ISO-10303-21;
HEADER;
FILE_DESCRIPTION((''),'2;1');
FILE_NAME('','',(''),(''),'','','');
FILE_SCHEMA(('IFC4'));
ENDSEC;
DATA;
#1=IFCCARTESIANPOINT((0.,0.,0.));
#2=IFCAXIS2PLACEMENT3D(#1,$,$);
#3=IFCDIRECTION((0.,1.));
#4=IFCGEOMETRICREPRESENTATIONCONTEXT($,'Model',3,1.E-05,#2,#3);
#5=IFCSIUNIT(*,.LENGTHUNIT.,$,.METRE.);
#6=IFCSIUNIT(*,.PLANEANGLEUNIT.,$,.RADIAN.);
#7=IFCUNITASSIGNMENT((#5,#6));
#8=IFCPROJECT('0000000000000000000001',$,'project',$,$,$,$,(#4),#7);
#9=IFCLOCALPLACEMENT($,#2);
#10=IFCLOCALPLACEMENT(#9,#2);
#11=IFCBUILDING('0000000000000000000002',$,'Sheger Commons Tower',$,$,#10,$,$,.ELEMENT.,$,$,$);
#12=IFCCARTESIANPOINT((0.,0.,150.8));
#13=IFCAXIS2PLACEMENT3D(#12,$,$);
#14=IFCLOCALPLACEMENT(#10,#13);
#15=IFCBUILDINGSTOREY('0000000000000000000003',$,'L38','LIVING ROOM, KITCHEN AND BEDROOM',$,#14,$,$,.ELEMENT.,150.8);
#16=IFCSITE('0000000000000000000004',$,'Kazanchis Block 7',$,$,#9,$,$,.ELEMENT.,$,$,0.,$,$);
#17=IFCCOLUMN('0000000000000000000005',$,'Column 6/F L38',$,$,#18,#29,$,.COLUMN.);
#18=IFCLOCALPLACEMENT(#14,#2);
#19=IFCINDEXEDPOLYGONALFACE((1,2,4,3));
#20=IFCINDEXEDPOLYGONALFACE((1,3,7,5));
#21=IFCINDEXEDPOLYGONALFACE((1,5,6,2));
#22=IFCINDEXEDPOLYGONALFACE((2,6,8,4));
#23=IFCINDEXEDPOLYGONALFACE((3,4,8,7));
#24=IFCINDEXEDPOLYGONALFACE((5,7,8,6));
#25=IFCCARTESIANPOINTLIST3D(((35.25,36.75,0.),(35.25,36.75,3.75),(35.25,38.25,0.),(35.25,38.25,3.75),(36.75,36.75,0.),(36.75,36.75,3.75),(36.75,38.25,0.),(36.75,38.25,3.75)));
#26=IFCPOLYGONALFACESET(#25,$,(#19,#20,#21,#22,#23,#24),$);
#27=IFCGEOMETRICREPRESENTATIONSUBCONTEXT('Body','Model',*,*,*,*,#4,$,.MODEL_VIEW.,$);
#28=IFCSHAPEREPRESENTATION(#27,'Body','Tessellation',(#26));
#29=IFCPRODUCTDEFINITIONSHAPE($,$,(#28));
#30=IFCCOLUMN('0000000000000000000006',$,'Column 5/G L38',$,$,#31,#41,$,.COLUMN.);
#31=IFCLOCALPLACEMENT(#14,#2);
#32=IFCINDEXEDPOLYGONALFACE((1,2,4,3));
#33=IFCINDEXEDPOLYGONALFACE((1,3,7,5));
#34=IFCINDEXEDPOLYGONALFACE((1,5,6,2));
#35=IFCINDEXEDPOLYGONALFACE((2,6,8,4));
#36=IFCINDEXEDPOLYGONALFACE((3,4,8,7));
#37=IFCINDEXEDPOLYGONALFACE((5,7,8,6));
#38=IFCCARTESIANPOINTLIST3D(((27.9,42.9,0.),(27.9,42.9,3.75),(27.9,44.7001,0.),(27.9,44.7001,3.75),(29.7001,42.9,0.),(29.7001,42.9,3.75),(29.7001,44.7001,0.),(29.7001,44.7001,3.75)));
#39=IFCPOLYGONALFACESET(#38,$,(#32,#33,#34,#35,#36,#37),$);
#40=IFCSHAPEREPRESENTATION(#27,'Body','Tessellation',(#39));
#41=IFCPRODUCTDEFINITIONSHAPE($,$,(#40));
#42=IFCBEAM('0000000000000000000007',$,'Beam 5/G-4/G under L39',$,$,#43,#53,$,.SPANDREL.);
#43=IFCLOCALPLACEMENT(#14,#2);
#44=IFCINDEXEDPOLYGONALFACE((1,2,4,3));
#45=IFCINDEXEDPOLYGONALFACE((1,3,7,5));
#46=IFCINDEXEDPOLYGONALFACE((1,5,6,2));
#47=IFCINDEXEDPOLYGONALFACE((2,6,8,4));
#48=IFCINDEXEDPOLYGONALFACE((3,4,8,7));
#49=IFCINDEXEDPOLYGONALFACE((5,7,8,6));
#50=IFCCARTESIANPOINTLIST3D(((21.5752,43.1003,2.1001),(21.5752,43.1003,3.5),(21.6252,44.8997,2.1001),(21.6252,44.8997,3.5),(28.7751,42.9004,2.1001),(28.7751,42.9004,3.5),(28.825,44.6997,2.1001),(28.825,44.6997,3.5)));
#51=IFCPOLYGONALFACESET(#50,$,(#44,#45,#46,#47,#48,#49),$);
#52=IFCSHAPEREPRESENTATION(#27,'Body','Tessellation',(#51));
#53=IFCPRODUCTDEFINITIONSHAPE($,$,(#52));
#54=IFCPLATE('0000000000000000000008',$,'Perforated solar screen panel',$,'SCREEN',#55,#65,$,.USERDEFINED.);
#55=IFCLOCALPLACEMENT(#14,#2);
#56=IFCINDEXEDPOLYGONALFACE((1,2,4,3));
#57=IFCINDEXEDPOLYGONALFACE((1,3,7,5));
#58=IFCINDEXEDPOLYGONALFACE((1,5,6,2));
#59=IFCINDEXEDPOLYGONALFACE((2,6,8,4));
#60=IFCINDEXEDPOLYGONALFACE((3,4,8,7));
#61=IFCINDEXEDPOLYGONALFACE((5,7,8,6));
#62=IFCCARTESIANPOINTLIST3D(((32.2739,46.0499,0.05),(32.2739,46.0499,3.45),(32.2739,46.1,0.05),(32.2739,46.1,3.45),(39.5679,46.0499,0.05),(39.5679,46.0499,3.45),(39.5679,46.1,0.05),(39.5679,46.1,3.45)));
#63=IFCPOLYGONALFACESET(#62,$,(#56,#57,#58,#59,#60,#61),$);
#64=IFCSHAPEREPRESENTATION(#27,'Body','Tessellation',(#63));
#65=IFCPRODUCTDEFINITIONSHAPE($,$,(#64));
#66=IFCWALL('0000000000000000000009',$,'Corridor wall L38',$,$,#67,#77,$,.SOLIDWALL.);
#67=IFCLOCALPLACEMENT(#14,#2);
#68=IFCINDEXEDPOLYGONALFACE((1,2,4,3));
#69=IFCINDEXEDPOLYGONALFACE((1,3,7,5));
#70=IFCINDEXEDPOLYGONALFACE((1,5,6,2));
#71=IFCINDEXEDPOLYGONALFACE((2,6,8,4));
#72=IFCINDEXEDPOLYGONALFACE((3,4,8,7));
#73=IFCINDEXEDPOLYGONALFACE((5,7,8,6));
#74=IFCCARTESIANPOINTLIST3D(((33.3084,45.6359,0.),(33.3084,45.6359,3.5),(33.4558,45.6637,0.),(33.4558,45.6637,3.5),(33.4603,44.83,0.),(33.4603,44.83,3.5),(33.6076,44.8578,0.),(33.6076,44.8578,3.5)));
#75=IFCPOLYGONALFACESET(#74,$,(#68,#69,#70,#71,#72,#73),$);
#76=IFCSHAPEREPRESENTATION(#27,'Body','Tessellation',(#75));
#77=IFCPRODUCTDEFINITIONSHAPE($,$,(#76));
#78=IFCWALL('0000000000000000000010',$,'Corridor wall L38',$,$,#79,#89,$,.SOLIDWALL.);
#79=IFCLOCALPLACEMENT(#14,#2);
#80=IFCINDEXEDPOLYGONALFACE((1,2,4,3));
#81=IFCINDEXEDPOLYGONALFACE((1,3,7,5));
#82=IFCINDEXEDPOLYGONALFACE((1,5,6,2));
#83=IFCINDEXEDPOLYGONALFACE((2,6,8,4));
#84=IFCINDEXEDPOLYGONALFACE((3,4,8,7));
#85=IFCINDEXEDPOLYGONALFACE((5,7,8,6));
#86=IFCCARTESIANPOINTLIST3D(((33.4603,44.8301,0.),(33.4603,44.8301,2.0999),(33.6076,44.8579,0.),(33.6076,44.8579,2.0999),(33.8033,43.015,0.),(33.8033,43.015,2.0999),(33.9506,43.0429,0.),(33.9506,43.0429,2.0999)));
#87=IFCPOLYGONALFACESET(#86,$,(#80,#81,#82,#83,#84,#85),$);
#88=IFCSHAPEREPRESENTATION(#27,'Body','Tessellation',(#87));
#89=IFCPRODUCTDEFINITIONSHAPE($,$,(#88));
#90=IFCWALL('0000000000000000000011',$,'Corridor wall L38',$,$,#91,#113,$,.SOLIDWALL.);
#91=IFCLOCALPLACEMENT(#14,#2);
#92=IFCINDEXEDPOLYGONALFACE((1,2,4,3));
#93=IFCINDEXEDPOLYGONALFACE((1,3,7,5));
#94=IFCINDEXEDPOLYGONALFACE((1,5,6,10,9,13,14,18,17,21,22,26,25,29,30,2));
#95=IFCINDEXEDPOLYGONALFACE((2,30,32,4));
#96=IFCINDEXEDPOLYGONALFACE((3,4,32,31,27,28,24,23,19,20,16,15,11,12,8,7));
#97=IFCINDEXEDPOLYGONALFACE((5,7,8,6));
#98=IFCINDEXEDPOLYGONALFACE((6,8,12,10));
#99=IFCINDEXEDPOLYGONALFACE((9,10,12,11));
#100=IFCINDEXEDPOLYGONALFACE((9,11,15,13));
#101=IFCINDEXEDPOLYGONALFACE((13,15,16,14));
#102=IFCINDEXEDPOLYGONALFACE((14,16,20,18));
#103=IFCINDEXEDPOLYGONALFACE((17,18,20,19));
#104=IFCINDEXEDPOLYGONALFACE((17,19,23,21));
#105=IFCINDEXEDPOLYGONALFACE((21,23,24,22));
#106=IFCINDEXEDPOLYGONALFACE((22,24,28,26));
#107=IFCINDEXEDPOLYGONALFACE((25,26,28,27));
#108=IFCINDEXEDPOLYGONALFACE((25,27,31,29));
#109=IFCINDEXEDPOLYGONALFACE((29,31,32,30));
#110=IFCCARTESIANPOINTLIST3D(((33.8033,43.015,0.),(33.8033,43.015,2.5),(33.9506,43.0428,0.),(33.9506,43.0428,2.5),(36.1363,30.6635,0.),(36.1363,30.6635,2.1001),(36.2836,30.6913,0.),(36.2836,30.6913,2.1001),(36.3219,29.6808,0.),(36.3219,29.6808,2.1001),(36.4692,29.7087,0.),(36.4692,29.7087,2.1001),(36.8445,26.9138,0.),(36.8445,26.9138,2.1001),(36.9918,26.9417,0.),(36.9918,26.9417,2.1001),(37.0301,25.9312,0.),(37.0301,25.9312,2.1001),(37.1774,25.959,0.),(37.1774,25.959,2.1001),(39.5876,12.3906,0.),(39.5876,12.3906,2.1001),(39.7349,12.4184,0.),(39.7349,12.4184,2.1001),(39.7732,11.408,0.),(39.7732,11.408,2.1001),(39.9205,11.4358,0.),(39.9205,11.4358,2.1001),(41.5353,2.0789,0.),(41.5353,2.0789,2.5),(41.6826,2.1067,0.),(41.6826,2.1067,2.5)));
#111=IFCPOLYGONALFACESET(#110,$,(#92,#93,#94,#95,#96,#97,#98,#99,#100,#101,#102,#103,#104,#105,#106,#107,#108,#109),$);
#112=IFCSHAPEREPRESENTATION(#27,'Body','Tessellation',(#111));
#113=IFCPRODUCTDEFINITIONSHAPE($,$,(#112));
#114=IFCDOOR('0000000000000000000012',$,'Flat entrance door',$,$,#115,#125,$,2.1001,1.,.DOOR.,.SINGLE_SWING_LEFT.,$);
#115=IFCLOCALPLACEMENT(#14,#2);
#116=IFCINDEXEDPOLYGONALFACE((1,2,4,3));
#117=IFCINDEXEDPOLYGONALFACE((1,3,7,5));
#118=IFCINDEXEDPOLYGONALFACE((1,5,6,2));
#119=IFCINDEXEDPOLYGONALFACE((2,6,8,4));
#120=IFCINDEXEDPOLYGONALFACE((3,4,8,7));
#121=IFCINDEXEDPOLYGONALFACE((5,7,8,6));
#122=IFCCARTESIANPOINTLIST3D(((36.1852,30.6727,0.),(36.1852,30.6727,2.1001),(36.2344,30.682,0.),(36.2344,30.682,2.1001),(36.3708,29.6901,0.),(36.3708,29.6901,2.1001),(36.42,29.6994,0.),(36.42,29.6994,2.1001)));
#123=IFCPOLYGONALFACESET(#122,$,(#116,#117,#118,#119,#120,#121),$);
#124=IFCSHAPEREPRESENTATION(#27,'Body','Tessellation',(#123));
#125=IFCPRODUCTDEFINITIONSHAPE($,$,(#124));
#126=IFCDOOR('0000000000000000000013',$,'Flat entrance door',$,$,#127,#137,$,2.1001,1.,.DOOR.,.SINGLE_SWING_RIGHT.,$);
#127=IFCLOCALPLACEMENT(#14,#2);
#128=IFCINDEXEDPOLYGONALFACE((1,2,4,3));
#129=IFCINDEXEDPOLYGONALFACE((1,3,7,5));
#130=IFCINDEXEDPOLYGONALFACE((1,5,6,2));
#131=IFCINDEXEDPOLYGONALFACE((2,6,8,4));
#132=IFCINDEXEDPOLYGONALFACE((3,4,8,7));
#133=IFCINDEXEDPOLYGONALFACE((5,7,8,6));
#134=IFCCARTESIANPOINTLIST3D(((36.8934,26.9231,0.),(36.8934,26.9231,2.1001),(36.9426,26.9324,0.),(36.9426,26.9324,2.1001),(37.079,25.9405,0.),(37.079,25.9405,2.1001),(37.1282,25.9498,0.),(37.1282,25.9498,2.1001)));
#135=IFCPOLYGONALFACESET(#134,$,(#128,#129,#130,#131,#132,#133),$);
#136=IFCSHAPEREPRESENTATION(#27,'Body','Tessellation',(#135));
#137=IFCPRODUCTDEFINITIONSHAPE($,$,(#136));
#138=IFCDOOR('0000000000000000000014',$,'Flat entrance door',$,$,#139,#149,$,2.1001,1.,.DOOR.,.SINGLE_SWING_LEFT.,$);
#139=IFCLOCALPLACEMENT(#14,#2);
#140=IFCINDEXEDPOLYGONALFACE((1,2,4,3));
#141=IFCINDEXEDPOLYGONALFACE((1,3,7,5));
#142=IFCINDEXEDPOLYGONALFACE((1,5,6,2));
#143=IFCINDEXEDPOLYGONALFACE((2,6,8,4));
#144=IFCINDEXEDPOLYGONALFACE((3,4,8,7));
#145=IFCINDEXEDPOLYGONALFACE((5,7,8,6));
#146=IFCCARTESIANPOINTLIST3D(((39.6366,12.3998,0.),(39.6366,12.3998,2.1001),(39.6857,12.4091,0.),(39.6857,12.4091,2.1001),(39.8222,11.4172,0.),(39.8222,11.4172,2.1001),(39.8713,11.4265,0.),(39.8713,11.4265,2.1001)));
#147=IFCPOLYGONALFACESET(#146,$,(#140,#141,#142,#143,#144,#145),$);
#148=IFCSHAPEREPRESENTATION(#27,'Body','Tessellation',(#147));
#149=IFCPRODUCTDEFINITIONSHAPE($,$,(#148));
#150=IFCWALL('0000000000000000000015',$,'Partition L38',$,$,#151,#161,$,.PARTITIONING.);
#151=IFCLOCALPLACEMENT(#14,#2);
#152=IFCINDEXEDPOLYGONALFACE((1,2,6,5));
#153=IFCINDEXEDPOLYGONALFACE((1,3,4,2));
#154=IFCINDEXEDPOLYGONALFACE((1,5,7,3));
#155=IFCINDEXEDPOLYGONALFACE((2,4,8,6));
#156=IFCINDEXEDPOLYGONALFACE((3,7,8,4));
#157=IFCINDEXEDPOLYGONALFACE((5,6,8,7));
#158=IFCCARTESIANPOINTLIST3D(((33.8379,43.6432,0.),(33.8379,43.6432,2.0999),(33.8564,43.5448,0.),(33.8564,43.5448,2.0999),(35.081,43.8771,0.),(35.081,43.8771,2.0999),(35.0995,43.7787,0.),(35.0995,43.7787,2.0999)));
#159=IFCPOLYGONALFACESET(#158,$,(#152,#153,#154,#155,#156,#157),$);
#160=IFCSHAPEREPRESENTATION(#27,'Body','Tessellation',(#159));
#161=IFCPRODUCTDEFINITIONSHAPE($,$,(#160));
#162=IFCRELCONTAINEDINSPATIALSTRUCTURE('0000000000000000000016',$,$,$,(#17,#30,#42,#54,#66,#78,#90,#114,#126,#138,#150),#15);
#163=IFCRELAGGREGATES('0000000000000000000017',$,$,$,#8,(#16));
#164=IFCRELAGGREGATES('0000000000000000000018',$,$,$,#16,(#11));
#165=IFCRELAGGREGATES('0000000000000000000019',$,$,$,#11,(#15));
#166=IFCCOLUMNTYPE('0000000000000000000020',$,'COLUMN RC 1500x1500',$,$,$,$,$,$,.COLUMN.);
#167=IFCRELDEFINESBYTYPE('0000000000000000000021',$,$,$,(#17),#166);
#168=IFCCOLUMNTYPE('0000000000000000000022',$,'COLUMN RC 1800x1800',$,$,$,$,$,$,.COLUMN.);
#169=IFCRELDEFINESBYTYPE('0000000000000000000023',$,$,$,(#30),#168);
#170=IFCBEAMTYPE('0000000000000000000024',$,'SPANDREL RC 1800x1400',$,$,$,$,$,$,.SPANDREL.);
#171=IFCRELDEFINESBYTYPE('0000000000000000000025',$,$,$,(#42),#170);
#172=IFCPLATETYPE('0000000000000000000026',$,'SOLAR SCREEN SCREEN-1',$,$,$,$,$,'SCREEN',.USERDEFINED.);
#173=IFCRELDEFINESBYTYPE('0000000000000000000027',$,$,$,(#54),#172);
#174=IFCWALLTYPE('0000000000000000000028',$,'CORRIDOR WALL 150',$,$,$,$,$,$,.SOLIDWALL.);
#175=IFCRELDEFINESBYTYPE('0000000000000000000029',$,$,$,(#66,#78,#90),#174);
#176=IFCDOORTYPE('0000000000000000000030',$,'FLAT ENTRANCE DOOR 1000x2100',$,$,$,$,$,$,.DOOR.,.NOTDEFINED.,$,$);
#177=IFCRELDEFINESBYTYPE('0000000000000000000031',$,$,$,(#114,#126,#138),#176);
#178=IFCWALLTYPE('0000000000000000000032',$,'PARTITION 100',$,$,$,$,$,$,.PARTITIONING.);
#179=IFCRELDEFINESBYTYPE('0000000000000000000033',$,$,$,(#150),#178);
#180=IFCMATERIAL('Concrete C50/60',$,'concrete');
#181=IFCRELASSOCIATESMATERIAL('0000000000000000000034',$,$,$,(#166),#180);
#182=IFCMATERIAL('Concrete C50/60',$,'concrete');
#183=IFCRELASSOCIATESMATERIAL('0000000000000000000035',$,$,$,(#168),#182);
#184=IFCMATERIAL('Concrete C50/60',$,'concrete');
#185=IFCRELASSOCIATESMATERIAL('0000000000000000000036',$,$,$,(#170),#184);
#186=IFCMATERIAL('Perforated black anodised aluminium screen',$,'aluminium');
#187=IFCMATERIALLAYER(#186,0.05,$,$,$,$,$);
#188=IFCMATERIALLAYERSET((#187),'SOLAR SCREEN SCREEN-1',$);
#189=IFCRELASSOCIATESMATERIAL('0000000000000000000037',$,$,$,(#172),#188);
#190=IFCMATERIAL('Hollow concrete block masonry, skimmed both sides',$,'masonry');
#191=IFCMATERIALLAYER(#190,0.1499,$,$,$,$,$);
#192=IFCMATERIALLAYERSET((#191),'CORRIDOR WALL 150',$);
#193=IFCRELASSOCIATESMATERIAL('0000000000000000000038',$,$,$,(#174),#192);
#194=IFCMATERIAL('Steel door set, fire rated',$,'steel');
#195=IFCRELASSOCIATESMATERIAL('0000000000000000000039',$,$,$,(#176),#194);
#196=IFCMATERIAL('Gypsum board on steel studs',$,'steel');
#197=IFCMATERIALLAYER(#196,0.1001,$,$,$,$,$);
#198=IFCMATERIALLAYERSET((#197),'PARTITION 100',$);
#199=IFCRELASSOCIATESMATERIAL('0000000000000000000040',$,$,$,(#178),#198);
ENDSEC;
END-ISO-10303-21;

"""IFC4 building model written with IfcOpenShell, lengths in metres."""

from ifc_helpers import new_model, si_unit, direction, frame, frame_2d, origin, origin_2d, place, context, subcontext, project, spatial, rectangle, extrude, material, layer, layer_set, material_profile, profile_set, type_object, element, fill, save


model = new_model("IFC4")

# Units and contexts
model_context = context("Model", 3, precision=1e-05, world=origin(), true_north=direction((0.0, 1.0)))
body_context = subcontext(model_context, "Body", "Model", "MODEL_VIEW")
ifc_project = project(units=[si_unit("LENGTHUNIT", "METRE"), si_unit("PLANEANGLEUNIT", "RADIAN")], contexts=[model_context])

# Site, building, storey
site_placement = place(None, origin())
site = spatial("IfcSite", under=ifc_project, at=site_placement, Name="Kazanchis Block 7", CompositionType="ELEMENT", RefElevation=0.0)
building_placement = place(site_placement, origin())
building = spatial("IfcBuilding", under=site, at=building_placement, Name="Sheger Commons Tower", CompositionType="ELEMENT")
storey_placement = place(building_placement, frame((0.0, 0.0, 150.8)))
storey = spatial("IfcBuildingStorey", under=building, at=storey_placement, Name="L38", Description="LIVING ROOM, KITCHEN AND BEDROOM", CompositionType="ELEMENT", Elevation=150.8)

# Columns
ifc_material_1 = material(Name="Concrete C50/60", Category="concrete")
ifc_material_profile_1 = material_profile(ifc_material_1, rectangle(XDim=1.5, YDim=1.5, at=origin_2d()), Name="RC 1500x1500")
ifc_profile_set_1 = profile_set([ifc_material_profile_1], Name="Concrete C50/60")
column_type_1 = type_object("IfcColumnType", Name="COLUMN RC 1500x1500", PredefinedType="COLUMN", material=ifc_profile_set_1)
column_1_placement = place(storey_placement, frame((36.0, 37.5, 0.0), z_axis=(0.0, 0.0, 1.0), x_axis=(1.0, 0.0, 0.0)))
element("IfcColumn", 1, at=column_1_placement, inside=storey, type_object=column_type_1, Name="Column 6/F L38", PredefinedType="COLUMN", context=body_context, shape_type="SweptSolid", body=[
    extrude(rectangle(XDim=1.5, YDim=1.5, at=origin_2d()), origin(), (0.0, 0.0, 1.0), 3.75),
])
ifc_material_2 = material(Name="Concrete C50/60", Category="concrete")
ifc_material_profile_2 = material_profile(ifc_material_2, rectangle(XDim=1.8, YDim=1.8, at=origin_2d()), Name="RC 1800x1800")
ifc_profile_set_2 = profile_set([ifc_material_profile_2], Name="Concrete C50/60")
column_type_2 = type_object("IfcColumnType", Name="COLUMN RC 1800x1800", PredefinedType="COLUMN", material=ifc_profile_set_2)
column_2_placement = place(storey_placement, frame((28.8, 43.8, 0.0), z_axis=(0.0, 0.0, 1.0), x_axis=(1.0, 0.0, 0.0)))
element("IfcColumn", 2, at=column_2_placement, inside=storey, type_object=column_type_2, Name="Column 5/G L38", PredefinedType="COLUMN", context=body_context, shape_type="SweptSolid", body=[
    extrude(rectangle(XDim=1.8, YDim=1.8, at=origin_2d()), origin(), (0.0, 0.0, 1.0), 3.75),
])

# Beam
ifc_material_3 = material(Name="Concrete C50/60", Category="concrete")
ifc_material_profile_3 = material_profile(ifc_material_3, rectangle(XDim=1.8, YDim=1.3999, at=origin_2d()), Name="RC 1800x1400")
ifc_profile_set_3 = profile_set([ifc_material_profile_3], Name="Concrete C50/60")
beam_type = type_object("IfcBeamType", Name="SPANDREL RC 1800x1400", PredefinedType="SPANDREL", material=ifc_profile_set_3)
beam_placement = place(storey_placement, frame((28.8, 43.8, 2.8), z_axis=(-0.999615, 0.02776, 0.0), x_axis=(-0.02776, -0.999615, 0.0)))
element("IfcBeam", 3, at=beam_placement, inside=storey, type_object=beam_type, Name="Beam 5/G-4/G under L39", PredefinedType="SPANDREL", context=body_context, shape_type="SweptSolid", body=[
    extrude(rectangle(XDim=1.8, YDim=1.3999, at=origin_2d()), origin(), (0.0, 0.0, 1.0), 7.2026),
])

# Plate
ifc_material_4 = material(Name="Perforated black anodised aluminium screen", Category="aluminium")
ifc_layer_1 = layer(ifc_material_4, 0.05)
ifc_layer_set_1 = layer_set([ifc_layer_1], Name="SOLAR SCREEN SCREEN-1")
plate_type = type_object("IfcPlateType", Name="SOLAR SCREEN SCREEN-1", ElementType="SCREEN", PredefinedType="USERDEFINED", material=ifc_layer_set_1)
plate_placement = place(storey_placement, frame((35.9209, 46.075, 0.05), z_axis=(0.0, 0.0, 1.0), x_axis=(-1.0, 0.0, 0.0)))
element("IfcPlate", 4, at=plate_placement, inside=storey, type_object=plate_type, Name="Perforated solar screen panel", ObjectType="SCREEN", PredefinedType="USERDEFINED", context=body_context, shape_type="SweptSolid", body=[
    extrude(rectangle(XDim=7.2939, YDim=0.05, at=origin_2d()), origin(), (0.0, 0.0, 1.0), 3.3999),
])

# Walls
ifc_material_5 = material(Name="Hollow concrete block masonry, skimmed both sides", Category="masonry")
ifc_layer_2 = layer(ifc_material_5, 0.1499)
ifc_layer_set_2 = layer_set([ifc_layer_2], Name="CORRIDOR WALL 150")
wall_type_1 = type_object("IfcWallType", Name="CORRIDOR WALL 150", PredefinedType="SOLIDWALL", material=ifc_layer_set_2)
wall_1_placement = place(storey_placement, frame((33.3821, 45.6499, 0.0), z_axis=(0.0, 0.0, 1.0), x_axis=(0.185169, -0.982707, 0.0)))
element("IfcWall", 5, at=wall_1_placement, inside=storey, type_object=wall_type_1, Name="Corridor wall L38", PredefinedType="SOLIDWALL", context=body_context, shape_type="SweptSolid", body=[
    extrude(rectangle(XDim=0.8201, YDim=0.1499, at=frame_2d((0.4102, 0.0))), origin(), (0.0, 0.0, 1.0), 3.5),
])
wall_2_placement = place(storey_placement, frame((33.5339, 44.844, 0.0), z_axis=(0.0, 0.0, 1.0), x_axis=(0.185709, -0.982605, 0.0)))
element("IfcWall", 6, at=wall_2_placement, inside=storey, type_object=wall_type_1, Name="Corridor wall L38", PredefinedType="SOLIDWALL", context=body_context, shape_type="SweptSolid", body=[
    extrude(rectangle(XDim=1.8472, YDim=0.1499, at=frame_2d((0.9236, 0.0))), origin(), (0.0, 0.0, 1.0), 2.0999),
])

# Wall, openings, doors
wall_3_placement = place(storey_placement, frame((33.877, 43.0291, 0.0), z_axis=(0.0, 0.0, 1.0), x_axis=(0.185597, -0.982626, 0.0)))
wall_3 = element("IfcWall", 7, at=wall_3_placement, inside=storey, type_object=wall_type_1, Name="Corridor wall L38", PredefinedType="SOLIDWALL", context=body_context, shape_type="SweptSolid", body=[
    extrude(rectangle(XDim=41.6599, YDim=0.1499, at=frame_2d((20.8301, 0.0))), origin(), (0.0, 0.0, 1.0), 2.5),
])
opening_1_placement = place(wall_3_placement, frame((12.5701, 0.0, 0.0)))
opening_1 = element("IfcOpeningElement", 8, at=opening_1_placement, cuts=wall_3, PredefinedType="OPENING", context=body_context, shape_type="SweptSolid", body=[
    extrude(rectangle(XDim=1.0, YDim=2.1001, at=frame_2d((0.5, 1.05))), frame((0.0, 0.085, 0.0), z_axis=(0.0, -1.0, 0.0), x_axis=(1.0, 0.0, 0.0)), (0.0, 0.0, 1.0), 0.1699),
])
opening_2_placement = place(wall_3_placement, frame((16.386, 0.0, 0.0)))
opening_2 = element("IfcOpeningElement", 9, at=opening_2_placement, cuts=wall_3, PredefinedType="OPENING", context=body_context, shape_type="SweptSolid", body=[
    extrude(rectangle(XDim=1.0, YDim=2.1001, at=frame_2d((0.5, 1.05))), frame((0.0, 0.085, 0.0), z_axis=(0.0, -1.0, 0.0), x_axis=(1.0, 0.0, 0.0)), (0.0, 0.0, 1.0), 0.1699),
])
opening_3_placement = place(wall_3_placement, frame((31.166, 0.0, 0.0)))
opening_3 = element("IfcOpeningElement", 10, at=opening_3_placement, cuts=wall_3, PredefinedType="OPENING", context=body_context, shape_type="SweptSolid", body=[
    extrude(rectangle(XDim=1.0, YDim=2.1001, at=frame_2d((0.5, 1.05))), frame((0.0, 0.085, 0.0), z_axis=(0.0, -1.0, 0.0), x_axis=(1.0, 0.0, 0.0)), (0.0, 0.0, 1.0), 0.1699),
])
ifc_material_6 = material(Name="Steel door set, fire rated", Category="steel")
door_type_1 = type_object("IfcDoorType", Name="FLAT ENTRANCE DOOR 1000x2100", OperationType="NOTDEFINED", PredefinedType="DOOR", material=ifc_material_6)
door_1_placement = place(opening_1_placement, origin())
door_1 = element("IfcDoor", 11, at=door_1_placement, inside=storey, type_object=door_type_1, Name="Flat entrance door", OperationType="SINGLE_SWING_LEFT", OverallHeight=2.1001, OverallWidth=1.0, PredefinedType="DOOR", context=body_context, shape_type="SweptSolid", body=[
    extrude(rectangle(XDim=1.0, YDim=2.1001, at=frame_2d((0.5, 1.05))), frame((0.0, 0.0249, 0.0), z_axis=(0.0, -1.0, 0.0), x_axis=(1.0, 0.0, 0.0)), (0.0, 0.0, 1.0), 0.05),
])
fill(opening_1, door_1)
door_2_placement = place(opening_2_placement, origin())
door_2 = element("IfcDoor", 12, at=door_2_placement, inside=storey, type_object=door_type_1, Name="Flat entrance door", OperationType="SINGLE_SWING_RIGHT", OverallHeight=2.1001, OverallWidth=1.0, PredefinedType="DOOR", context=body_context, shape_type="SweptSolid", body=[
    extrude(rectangle(XDim=1.0, YDim=2.1001, at=frame_2d((0.5, 1.05))), frame((0.0, 0.0249, 0.0), z_axis=(0.0, -1.0, 0.0), x_axis=(1.0, 0.0, 0.0)), (0.0, 0.0, 1.0), 0.05),
])
fill(opening_2, door_2)
door_3_placement = place(opening_3_placement, origin())
door_3 = element("IfcDoor", 13, at=door_3_placement, inside=storey, type_object=door_type_1, Name="Flat entrance door", OperationType="SINGLE_SWING_LEFT", OverallHeight=2.1001, OverallWidth=1.0, PredefinedType="DOOR", context=body_context, shape_type="SweptSolid", body=[
    extrude(rectangle(XDim=1.0, YDim=2.1001, at=frame_2d((0.5, 1.05))), frame((0.0, 0.0249, 0.0), z_axis=(0.0, -1.0, 0.0), x_axis=(1.0, 0.0, 0.0)), (0.0, 0.0, 1.0), 0.05),
])
fill(opening_3, door_3)

# Wall
ifc_material_7 = material(Name="Gypsum board on steel studs", Category="steel")
ifc_layer_3 = layer(ifc_material_7, 0.1001)
ifc_layer_set_3 = layer_set([ifc_layer_3], Name="PARTITION 100")
wall_type_2 = type_object("IfcWallType", Name="PARTITION 100", PredefinedType="PARTITIONING", material=ifc_layer_set_3)
wall_4_placement = place(storey_placement, frame((35.0901, 43.8279, 0.0), z_axis=(0.0, 0.0, 1.0), x_axis=(-0.982758, -0.184894, 0.0)))
element("IfcWall", 14, at=wall_4_placement, inside=storey, type_object=wall_type_2, Name="Partition L38", PredefinedType="PARTITIONING", context=body_context, shape_type="SweptSolid", body=[
    extrude(rectangle(XDim=1.2649, YDim=0.1001, at=frame_2d((0.6323, 0.0))), origin(), (0.0, 0.0, 1.0), 2.0999),
])

save(model, "model.ifc")
